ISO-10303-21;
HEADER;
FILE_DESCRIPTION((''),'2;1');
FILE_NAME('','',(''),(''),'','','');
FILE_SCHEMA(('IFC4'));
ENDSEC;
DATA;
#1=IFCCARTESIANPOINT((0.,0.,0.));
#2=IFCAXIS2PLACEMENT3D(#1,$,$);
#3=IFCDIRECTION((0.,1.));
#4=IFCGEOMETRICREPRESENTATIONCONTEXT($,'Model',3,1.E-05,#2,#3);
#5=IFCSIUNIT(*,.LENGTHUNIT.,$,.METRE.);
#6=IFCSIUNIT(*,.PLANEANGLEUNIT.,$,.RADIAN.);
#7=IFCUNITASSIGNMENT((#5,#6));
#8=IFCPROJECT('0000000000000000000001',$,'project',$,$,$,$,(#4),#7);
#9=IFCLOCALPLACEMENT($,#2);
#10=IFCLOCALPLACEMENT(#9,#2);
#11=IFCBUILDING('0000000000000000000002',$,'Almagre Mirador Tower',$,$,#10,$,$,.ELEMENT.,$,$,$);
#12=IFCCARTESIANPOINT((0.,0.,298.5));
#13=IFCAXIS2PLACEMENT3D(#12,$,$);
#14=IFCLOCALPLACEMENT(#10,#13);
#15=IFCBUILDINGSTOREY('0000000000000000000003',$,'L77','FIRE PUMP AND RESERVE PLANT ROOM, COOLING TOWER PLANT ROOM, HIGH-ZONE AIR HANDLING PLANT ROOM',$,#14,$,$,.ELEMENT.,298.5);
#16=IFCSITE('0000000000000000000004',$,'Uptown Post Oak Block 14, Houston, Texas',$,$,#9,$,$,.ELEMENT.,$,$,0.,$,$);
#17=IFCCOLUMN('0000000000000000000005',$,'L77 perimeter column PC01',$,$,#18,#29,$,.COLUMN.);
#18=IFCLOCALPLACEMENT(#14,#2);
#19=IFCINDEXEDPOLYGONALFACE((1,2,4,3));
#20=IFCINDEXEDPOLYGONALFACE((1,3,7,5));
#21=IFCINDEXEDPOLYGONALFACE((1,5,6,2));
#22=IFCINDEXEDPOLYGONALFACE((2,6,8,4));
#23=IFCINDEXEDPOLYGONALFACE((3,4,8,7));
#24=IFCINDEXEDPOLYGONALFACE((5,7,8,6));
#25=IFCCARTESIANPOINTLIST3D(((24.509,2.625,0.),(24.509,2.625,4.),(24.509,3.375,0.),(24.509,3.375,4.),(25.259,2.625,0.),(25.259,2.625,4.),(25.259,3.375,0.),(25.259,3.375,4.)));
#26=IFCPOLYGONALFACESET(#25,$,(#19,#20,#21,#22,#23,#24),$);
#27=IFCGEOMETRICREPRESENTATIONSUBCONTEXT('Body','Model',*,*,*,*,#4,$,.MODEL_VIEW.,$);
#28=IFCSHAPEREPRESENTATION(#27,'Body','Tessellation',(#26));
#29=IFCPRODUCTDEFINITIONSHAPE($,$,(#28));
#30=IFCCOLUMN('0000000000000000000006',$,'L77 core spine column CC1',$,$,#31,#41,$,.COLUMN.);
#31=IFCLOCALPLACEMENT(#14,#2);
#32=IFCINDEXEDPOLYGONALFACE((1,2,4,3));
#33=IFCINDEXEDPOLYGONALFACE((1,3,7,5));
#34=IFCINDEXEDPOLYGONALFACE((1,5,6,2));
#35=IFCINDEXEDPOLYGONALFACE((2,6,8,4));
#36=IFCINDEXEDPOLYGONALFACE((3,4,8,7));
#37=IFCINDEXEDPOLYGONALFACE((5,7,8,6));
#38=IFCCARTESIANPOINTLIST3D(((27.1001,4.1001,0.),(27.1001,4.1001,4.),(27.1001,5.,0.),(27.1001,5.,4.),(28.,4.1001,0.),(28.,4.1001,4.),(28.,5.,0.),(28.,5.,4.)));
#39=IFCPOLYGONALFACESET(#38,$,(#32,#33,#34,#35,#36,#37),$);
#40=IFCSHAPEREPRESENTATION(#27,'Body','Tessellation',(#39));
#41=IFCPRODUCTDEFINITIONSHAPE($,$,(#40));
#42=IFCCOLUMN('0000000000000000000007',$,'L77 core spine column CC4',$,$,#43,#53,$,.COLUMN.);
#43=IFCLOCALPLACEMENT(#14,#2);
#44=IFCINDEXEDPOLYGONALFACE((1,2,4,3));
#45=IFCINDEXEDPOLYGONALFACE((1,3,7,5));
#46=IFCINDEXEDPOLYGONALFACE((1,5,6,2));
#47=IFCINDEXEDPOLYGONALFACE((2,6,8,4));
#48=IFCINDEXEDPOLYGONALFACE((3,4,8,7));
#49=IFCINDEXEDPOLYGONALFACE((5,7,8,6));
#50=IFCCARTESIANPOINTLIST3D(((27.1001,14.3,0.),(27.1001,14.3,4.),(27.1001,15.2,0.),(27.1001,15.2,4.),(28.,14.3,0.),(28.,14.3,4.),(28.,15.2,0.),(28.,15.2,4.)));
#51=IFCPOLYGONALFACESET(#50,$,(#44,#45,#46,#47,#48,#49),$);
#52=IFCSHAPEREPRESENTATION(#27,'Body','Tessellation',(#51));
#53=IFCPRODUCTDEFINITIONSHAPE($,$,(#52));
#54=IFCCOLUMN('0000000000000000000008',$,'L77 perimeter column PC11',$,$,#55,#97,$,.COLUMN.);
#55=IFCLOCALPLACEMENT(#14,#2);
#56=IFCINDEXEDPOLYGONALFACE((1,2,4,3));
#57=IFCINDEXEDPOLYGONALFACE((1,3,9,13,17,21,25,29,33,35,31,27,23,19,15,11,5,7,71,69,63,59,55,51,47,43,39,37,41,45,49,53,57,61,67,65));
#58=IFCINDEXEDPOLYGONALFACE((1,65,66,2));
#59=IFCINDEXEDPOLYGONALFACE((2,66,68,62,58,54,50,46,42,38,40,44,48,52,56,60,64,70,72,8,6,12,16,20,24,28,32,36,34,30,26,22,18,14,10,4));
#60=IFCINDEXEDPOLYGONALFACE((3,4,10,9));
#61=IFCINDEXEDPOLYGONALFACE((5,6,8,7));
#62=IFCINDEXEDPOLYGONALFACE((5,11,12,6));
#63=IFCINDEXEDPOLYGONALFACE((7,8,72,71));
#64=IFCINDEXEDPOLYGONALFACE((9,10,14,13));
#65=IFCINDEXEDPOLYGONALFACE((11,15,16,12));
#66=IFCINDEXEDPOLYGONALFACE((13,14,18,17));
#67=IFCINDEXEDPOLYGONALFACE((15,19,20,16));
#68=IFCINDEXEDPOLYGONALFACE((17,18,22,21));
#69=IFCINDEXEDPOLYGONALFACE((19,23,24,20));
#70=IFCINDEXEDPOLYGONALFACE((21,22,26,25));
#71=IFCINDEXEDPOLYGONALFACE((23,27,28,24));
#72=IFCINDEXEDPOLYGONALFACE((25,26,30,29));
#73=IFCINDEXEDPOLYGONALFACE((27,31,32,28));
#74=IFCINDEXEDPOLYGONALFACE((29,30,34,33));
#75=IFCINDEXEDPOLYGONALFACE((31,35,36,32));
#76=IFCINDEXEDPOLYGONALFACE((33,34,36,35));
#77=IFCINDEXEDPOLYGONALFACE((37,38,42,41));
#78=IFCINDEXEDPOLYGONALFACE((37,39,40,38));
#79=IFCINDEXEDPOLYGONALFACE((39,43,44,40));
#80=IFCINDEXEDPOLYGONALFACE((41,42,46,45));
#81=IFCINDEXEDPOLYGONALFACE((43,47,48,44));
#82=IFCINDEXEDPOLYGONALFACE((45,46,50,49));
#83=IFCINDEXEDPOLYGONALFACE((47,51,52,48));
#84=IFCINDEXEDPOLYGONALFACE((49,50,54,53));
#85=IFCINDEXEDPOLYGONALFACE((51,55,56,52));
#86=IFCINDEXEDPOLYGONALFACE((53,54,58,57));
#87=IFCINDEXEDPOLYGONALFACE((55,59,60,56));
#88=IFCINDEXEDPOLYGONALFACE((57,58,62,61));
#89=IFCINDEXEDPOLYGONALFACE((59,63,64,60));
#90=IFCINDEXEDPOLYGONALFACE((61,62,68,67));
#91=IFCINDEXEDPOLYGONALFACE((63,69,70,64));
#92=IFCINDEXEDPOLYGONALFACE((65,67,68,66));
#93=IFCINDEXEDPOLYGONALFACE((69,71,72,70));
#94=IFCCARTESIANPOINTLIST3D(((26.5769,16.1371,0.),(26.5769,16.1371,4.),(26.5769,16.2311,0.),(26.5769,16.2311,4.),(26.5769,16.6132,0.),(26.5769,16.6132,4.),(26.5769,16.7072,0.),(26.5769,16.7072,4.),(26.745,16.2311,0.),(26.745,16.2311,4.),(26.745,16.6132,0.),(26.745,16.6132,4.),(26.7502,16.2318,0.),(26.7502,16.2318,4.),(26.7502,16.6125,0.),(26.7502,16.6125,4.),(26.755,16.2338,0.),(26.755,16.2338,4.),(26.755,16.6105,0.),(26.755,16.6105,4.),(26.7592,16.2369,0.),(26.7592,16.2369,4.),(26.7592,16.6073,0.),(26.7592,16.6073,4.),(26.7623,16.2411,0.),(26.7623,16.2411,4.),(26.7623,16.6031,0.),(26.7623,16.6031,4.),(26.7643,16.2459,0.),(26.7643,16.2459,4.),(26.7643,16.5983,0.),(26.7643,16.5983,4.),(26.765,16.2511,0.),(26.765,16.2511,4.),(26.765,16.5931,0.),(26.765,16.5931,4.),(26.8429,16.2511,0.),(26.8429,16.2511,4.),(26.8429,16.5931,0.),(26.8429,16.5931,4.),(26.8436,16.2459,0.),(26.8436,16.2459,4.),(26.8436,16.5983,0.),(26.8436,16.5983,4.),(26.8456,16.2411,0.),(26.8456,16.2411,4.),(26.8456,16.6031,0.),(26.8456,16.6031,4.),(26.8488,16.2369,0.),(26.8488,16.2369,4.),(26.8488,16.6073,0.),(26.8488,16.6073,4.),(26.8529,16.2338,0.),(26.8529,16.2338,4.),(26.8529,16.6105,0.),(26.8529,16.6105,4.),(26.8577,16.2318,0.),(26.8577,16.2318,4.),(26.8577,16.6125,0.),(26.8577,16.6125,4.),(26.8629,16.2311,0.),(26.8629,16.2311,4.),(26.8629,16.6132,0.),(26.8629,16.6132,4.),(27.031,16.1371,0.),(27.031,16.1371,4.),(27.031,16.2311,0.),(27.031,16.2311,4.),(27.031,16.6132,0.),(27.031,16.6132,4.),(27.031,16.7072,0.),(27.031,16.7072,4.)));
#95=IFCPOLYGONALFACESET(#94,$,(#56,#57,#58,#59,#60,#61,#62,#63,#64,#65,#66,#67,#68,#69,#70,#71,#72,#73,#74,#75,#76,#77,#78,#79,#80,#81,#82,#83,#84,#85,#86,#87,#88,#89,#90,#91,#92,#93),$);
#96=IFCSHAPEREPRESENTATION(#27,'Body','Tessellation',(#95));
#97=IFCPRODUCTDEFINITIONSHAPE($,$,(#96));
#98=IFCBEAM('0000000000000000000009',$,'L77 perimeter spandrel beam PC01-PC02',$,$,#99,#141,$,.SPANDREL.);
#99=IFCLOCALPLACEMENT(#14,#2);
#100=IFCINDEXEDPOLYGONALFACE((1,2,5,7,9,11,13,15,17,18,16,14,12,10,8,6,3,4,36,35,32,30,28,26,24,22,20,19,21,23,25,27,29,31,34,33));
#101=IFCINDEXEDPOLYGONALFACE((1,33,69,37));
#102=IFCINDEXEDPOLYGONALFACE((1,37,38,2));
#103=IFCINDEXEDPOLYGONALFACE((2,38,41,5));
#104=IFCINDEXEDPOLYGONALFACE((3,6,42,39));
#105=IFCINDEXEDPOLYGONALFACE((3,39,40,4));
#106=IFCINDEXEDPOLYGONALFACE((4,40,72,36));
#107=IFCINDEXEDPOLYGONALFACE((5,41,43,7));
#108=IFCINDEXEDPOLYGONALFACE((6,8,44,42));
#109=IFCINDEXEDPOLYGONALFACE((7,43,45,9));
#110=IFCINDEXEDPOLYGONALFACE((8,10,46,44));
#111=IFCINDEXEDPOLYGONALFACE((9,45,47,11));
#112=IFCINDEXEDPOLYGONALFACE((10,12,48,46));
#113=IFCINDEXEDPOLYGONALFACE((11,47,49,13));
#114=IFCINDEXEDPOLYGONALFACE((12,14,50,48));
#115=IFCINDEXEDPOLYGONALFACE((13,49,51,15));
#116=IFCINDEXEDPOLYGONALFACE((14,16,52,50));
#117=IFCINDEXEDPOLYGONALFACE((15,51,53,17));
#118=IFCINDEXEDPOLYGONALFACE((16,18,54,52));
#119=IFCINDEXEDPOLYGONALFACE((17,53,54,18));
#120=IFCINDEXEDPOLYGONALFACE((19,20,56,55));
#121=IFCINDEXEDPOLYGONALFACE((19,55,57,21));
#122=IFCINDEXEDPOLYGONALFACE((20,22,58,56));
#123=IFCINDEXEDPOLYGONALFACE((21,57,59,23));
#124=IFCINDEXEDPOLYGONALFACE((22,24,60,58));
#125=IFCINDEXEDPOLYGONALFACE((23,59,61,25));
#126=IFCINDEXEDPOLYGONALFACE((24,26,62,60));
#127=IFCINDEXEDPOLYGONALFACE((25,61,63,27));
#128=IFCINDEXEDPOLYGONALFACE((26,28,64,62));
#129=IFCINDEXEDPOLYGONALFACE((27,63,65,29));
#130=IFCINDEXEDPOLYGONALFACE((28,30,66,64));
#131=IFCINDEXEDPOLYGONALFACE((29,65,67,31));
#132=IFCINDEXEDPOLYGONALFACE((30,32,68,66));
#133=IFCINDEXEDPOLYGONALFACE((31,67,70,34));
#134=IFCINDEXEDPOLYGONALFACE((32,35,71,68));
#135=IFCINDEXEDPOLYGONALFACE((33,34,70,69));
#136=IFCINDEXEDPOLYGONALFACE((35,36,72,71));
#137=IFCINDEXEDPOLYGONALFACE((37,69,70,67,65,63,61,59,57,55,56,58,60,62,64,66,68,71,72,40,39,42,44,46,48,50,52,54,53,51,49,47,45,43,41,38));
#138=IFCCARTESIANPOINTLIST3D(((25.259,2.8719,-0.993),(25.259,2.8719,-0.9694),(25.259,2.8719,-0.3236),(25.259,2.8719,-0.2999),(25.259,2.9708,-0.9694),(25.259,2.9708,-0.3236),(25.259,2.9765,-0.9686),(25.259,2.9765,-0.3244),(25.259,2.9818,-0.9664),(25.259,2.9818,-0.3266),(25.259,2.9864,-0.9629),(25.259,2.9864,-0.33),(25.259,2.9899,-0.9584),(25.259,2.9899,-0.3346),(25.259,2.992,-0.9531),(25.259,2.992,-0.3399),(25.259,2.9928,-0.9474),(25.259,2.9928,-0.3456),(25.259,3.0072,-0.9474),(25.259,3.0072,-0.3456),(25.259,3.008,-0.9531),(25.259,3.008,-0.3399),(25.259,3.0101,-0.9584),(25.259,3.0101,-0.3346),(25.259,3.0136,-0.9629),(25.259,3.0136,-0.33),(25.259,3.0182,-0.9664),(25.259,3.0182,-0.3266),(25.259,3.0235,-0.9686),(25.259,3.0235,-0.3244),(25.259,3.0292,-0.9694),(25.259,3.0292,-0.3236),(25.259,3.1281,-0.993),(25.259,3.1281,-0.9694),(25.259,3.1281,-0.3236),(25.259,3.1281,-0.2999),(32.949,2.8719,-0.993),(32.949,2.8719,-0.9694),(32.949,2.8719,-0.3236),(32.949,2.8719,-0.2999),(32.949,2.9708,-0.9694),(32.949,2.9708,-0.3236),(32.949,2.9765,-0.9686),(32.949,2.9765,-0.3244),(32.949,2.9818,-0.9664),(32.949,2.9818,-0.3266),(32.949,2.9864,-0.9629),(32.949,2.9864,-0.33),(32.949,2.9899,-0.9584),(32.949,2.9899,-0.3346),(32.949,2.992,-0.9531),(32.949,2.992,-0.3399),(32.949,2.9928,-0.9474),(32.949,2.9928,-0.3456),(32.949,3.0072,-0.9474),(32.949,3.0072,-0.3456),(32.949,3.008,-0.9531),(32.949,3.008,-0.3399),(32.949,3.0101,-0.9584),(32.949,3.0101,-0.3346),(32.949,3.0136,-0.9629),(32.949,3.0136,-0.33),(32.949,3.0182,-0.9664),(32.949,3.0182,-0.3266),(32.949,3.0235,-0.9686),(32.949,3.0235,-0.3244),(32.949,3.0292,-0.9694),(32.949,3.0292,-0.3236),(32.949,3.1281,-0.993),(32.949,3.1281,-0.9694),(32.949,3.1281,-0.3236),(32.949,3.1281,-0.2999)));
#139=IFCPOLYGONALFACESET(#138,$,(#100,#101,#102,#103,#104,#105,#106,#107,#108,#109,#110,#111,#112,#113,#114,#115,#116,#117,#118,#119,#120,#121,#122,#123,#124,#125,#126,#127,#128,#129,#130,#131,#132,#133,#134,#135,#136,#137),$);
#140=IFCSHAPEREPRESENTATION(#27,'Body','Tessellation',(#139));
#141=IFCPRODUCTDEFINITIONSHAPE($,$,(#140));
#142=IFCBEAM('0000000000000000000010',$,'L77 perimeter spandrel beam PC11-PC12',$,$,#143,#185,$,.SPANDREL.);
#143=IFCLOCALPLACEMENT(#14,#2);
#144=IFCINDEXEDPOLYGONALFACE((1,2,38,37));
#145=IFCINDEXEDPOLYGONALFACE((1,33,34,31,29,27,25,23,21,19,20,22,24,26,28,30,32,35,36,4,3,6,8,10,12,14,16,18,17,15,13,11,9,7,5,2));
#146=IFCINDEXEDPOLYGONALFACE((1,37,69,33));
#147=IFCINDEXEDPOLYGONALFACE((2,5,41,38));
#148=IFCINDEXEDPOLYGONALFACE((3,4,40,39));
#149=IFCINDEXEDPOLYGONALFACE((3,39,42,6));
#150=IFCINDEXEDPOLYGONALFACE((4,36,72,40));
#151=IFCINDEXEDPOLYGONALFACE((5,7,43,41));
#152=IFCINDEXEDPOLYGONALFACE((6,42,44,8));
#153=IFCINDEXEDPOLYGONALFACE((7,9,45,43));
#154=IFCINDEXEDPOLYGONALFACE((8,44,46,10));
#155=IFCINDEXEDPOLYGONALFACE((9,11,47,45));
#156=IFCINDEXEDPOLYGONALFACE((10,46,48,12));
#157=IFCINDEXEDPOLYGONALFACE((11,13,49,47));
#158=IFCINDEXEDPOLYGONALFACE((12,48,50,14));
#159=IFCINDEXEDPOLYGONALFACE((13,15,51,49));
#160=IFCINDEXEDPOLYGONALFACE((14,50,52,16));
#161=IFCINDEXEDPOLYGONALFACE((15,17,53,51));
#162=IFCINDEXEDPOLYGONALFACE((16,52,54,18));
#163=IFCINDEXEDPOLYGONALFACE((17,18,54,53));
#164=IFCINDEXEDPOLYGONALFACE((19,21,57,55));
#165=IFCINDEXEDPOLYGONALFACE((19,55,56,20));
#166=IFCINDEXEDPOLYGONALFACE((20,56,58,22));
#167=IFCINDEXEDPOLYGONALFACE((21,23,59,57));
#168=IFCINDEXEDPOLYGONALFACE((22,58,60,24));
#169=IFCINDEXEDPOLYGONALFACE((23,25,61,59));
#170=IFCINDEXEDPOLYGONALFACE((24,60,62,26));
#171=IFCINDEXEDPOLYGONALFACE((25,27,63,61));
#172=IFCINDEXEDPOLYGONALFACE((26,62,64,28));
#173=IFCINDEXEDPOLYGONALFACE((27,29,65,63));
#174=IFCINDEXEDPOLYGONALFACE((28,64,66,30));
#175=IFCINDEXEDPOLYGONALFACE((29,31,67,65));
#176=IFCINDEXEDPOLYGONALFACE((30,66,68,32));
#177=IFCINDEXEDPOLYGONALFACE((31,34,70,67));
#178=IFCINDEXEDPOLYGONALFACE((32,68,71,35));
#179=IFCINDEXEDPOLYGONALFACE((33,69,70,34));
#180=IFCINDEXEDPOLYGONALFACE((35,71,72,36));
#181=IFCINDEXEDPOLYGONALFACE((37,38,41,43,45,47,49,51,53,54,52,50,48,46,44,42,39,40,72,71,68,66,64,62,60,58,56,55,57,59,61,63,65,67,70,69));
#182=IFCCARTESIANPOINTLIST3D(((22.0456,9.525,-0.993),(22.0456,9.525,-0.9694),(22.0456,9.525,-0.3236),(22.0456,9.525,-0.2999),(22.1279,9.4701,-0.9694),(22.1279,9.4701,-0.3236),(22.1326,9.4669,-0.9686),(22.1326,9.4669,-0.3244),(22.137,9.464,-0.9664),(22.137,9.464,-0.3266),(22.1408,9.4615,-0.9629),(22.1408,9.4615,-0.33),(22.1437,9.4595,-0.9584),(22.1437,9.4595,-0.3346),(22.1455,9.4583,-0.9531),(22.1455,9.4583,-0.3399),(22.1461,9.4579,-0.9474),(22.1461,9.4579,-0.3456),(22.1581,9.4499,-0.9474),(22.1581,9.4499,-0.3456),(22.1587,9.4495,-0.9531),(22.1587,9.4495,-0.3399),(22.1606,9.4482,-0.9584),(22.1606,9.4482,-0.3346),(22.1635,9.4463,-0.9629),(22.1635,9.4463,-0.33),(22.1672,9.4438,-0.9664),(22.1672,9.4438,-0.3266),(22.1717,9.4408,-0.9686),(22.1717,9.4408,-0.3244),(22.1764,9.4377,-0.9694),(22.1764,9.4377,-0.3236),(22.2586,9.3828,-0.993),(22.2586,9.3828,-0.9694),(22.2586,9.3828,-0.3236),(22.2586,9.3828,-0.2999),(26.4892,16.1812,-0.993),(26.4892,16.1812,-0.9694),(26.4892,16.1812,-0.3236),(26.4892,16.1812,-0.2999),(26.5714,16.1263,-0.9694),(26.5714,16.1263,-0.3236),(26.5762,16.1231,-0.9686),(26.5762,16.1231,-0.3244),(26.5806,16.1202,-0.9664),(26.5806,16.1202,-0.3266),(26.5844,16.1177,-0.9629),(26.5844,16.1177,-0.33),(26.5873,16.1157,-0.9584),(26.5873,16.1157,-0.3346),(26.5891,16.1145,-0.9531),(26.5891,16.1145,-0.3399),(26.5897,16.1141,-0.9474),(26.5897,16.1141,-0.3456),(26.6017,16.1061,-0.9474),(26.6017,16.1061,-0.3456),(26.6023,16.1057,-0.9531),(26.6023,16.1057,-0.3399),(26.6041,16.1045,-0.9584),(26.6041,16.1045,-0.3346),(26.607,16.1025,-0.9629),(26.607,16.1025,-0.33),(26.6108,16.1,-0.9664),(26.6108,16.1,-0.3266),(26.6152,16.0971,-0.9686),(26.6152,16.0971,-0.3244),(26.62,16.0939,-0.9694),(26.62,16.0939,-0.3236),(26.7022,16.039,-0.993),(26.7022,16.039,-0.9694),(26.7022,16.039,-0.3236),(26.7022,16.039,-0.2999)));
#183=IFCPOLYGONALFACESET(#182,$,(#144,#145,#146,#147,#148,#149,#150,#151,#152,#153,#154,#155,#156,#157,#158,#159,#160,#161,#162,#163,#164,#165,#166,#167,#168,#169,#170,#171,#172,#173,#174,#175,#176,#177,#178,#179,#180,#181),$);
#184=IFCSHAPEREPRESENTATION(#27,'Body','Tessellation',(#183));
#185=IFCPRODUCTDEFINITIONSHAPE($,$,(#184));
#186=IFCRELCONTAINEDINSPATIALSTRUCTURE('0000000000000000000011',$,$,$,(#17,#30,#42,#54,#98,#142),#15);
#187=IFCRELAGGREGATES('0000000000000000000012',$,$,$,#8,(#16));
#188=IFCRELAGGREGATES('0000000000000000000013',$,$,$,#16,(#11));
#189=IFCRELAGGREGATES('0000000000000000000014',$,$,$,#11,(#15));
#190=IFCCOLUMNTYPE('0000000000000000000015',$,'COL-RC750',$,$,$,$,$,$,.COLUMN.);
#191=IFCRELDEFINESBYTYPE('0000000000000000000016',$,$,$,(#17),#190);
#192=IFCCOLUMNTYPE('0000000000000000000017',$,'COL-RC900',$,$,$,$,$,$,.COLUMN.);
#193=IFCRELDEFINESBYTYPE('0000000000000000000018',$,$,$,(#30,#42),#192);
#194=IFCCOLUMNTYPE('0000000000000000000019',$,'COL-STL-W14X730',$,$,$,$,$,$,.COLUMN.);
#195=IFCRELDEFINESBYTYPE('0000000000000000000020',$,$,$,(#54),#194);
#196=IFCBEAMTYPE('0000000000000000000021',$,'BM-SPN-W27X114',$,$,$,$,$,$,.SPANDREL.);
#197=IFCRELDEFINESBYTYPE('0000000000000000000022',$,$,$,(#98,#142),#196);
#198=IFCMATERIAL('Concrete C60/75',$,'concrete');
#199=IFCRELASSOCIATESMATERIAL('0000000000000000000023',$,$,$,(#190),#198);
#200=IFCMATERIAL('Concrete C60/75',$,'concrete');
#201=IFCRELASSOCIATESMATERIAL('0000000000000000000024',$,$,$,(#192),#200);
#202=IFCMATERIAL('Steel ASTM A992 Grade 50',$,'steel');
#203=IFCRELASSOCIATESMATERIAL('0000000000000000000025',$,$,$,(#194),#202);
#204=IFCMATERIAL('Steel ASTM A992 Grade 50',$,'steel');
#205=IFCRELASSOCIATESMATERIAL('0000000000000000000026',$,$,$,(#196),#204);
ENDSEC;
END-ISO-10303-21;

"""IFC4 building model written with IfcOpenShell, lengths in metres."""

from ifc_helpers import new_model, si_unit, direction, frame, origin, origin_2d, place, context, subcontext, project, spatial, rectangle, i_section, extrude, material, material_profile, profile_set, type_object, element, save


model = new_model("IFC4")

# Units and contexts
model_context = context("Model", 3, precision=1e-05, world=origin(), true_north=direction((0.0, 1.0)))
body_context = subcontext(model_context, "Body", "Model", "MODEL_VIEW")
ifc_project = project(units=[si_unit("LENGTHUNIT", "METRE"), si_unit("PLANEANGLEUNIT", "RADIAN")], contexts=[model_context])

# Site, building, storey
site_placement = place(None, origin())
site = spatial("IfcSite", under=ifc_project, at=site_placement, Name="Uptown Post Oak Block 14, Houston, Texas", CompositionType="ELEMENT", RefElevation=0.0)
building_placement = place(site_placement, origin())
building = spatial("IfcBuilding", under=site, at=building_placement, Name="Almagre Mirador Tower", CompositionType="ELEMENT")
storey_placement = place(building_placement, frame((0.0, 0.0, 298.5)))
storey = spatial("IfcBuildingStorey", under=building, at=storey_placement, Name="L77", Description="FIRE PUMP AND RESERVE PLANT ROOM, COOLING TOWER PLANT ROOM, HIGH-ZONE AIR HANDLING PLANT ROOM", CompositionType="ELEMENT", Elevation=298.5)

# Columns
ifc_material_1 = material(Name="Concrete C60/75", Category="concrete")
ifc_material_profile_1 = material_profile(ifc_material_1, rectangle(XDim=0.75, YDim=0.75, at=origin_2d()), Name="RC750X750")
ifc_profile_set_1 = profile_set([ifc_material_profile_1], Name="Concrete C60/75")
column_type_1 = type_object("IfcColumnType", Name="COL-RC750", PredefinedType="COLUMN", material=ifc_profile_set_1)
column_1_placement = place(storey_placement, frame((24.884, 3.0, 0.0), z_axis=(0.0, 0.0, 1.0), x_axis=(1.0, 0.0, 0.0)))
element("IfcColumn", 1, at=column_1_placement, inside=storey, type_object=column_type_1, Name="L77 perimeter column PC01", PredefinedType="COLUMN", context=body_context, shape_type="SweptSolid", body=[
    extrude(rectangle(XDim=0.75, YDim=0.75, at=origin_2d()), origin(), (0.0, 0.0, 1.0), 4.0),
])
ifc_material_2 = material(Name="Concrete C60/75", Category="concrete")
ifc_material_profile_2 = material_profile(ifc_material_2, rectangle(XDim=0.8999, YDim=0.8999, at=origin_2d()), Name="RC900X900")
ifc_profile_set_2 = profile_set([ifc_material_profile_2], Name="Concrete C60/75")
column_type_2 = type_object("IfcColumnType", Name="COL-RC900", PredefinedType="COLUMN", material=ifc_profile_set_2)
for number, where, z_axis, x_axis, name in (
    (2, (27.55, 4.55, 0.0), (0.0, 0.0, 1.0), (1.0, 0.0, 0.0), "L77 core spine column CC1"),
    (3, (27.55, 14.75, 0.0), (0.0, 0.0, 1.0), (1.0, 0.0, 0.0), "L77 core spine column CC4"),
):
    element("IfcColumn", number, at=place(storey_placement, frame(where, z_axis=z_axis, x_axis=x_axis)), inside=storey, type_object=column_type_2, Name=name, PredefinedType="COLUMN", context=body_context, shape_type="SweptSolid", body=[
        extrude(rectangle(XDim=0.8999, YDim=0.8999, at=origin_2d()), origin(), (0.0, 0.0, 1.0), 4.0),
    ])
ifc_material_3 = material(Name="Steel ASTM A992 Grade 50", Category="steel")
ifc_material_profile_3 = material_profile(ifc_material_3, i_section(OverallWidth=0.4541, OverallDepth=0.5701, WebThickness=0.0779, FlangeThickness=0.094, FilletRadius=0.02, at=origin_2d()), Name="W14X730")
ifc_profile_set_3 = profile_set([ifc_material_profile_3], Name="Steel ASTM A992 Grade 50")
column_type_3 = type_object("IfcColumnType", Name="COL-STL-W14X730", PredefinedType="COLUMN", material=ifc_profile_set_3)
column_2_placement = place(storey_placement, frame((26.804, 16.4221, 0.0), z_axis=(0.0, 0.0, 1.0), x_axis=(1.0, 0.0, 0.0)))
element("IfcColumn", 4, at=column_2_placement, inside=storey, type_object=column_type_3, Name="L77 perimeter column PC11", PredefinedType="COLUMN", context=body_context, shape_type="SweptSolid", body=[
    extrude(i_section(OverallWidth=0.4541, OverallDepth=0.5701, WebThickness=0.0779, FlangeThickness=0.094, FilletRadius=0.02, at=origin_2d()), origin(), (0.0, 0.0, 1.0), 4.0),
])

# Beams
ifc_material_4 = material(Name="Steel ASTM A992 Grade 50", Category="steel")
ifc_material_profile_4 = material_profile(ifc_material_4, i_section(OverallWidth=0.2561, OverallDepth=0.6931, WebThickness=0.0144, FlangeThickness=0.0237, FilletRadius=0.022, at=origin_2d()), Name="W27X114")
ifc_profile_set_4 = profile_set([ifc_material_profile_4], Name="Steel ASTM A992 Grade 50")
beam_type_1 = type_object("IfcBeamType", Name="BM-SPN-W27X114", PredefinedType="SPANDREL", material=ifc_profile_set_4)
beam_1_placement = place(storey_placement, frame((25.259, 3.0, -0.6465), z_axis=(1.0, 0.0, 0.0), x_axis=(0.0, 1.0, 0.0)))
element("IfcBeam", 5, at=beam_1_placement, inside=storey, type_object=beam_type_1, Name="L77 perimeter spandrel beam PC01-PC02", PredefinedType="SPANDREL", context=body_context, shape_type="SweptSolid", body=[
    extrude(i_section(OverallWidth=0.2561, OverallDepth=0.6931, WebThickness=0.0144, FlangeThickness=0.0237, FilletRadius=0.022, at=origin_2d()), origin(), (0.0, 0.0, 1.0), 7.6899),
])
beam_2_placement = place(storey_placement, frame((26.5957, 16.1101, -0.6465), z_axis=(-0.555228, -0.831698, 0.0), x_axis=(0.831698, -0.555228, 0.0)))
element("IfcBeam", 6, at=beam_2_placement, inside=storey, type_object=beam_type_1, Name="L77 perimeter spandrel beam PC11-PC12", PredefinedType="SPANDREL", context=body_context, shape_type="SweptSolid", body=[
    extrude(i_section(OverallWidth=0.2561, OverallDepth=0.6931, WebThickness=0.0144, FlangeThickness=0.0237, FilletRadius=0.022, at=origin_2d()), origin(), (0.0, 0.0, 1.0), 8.0032),
])

save(model, "model.ifc")
